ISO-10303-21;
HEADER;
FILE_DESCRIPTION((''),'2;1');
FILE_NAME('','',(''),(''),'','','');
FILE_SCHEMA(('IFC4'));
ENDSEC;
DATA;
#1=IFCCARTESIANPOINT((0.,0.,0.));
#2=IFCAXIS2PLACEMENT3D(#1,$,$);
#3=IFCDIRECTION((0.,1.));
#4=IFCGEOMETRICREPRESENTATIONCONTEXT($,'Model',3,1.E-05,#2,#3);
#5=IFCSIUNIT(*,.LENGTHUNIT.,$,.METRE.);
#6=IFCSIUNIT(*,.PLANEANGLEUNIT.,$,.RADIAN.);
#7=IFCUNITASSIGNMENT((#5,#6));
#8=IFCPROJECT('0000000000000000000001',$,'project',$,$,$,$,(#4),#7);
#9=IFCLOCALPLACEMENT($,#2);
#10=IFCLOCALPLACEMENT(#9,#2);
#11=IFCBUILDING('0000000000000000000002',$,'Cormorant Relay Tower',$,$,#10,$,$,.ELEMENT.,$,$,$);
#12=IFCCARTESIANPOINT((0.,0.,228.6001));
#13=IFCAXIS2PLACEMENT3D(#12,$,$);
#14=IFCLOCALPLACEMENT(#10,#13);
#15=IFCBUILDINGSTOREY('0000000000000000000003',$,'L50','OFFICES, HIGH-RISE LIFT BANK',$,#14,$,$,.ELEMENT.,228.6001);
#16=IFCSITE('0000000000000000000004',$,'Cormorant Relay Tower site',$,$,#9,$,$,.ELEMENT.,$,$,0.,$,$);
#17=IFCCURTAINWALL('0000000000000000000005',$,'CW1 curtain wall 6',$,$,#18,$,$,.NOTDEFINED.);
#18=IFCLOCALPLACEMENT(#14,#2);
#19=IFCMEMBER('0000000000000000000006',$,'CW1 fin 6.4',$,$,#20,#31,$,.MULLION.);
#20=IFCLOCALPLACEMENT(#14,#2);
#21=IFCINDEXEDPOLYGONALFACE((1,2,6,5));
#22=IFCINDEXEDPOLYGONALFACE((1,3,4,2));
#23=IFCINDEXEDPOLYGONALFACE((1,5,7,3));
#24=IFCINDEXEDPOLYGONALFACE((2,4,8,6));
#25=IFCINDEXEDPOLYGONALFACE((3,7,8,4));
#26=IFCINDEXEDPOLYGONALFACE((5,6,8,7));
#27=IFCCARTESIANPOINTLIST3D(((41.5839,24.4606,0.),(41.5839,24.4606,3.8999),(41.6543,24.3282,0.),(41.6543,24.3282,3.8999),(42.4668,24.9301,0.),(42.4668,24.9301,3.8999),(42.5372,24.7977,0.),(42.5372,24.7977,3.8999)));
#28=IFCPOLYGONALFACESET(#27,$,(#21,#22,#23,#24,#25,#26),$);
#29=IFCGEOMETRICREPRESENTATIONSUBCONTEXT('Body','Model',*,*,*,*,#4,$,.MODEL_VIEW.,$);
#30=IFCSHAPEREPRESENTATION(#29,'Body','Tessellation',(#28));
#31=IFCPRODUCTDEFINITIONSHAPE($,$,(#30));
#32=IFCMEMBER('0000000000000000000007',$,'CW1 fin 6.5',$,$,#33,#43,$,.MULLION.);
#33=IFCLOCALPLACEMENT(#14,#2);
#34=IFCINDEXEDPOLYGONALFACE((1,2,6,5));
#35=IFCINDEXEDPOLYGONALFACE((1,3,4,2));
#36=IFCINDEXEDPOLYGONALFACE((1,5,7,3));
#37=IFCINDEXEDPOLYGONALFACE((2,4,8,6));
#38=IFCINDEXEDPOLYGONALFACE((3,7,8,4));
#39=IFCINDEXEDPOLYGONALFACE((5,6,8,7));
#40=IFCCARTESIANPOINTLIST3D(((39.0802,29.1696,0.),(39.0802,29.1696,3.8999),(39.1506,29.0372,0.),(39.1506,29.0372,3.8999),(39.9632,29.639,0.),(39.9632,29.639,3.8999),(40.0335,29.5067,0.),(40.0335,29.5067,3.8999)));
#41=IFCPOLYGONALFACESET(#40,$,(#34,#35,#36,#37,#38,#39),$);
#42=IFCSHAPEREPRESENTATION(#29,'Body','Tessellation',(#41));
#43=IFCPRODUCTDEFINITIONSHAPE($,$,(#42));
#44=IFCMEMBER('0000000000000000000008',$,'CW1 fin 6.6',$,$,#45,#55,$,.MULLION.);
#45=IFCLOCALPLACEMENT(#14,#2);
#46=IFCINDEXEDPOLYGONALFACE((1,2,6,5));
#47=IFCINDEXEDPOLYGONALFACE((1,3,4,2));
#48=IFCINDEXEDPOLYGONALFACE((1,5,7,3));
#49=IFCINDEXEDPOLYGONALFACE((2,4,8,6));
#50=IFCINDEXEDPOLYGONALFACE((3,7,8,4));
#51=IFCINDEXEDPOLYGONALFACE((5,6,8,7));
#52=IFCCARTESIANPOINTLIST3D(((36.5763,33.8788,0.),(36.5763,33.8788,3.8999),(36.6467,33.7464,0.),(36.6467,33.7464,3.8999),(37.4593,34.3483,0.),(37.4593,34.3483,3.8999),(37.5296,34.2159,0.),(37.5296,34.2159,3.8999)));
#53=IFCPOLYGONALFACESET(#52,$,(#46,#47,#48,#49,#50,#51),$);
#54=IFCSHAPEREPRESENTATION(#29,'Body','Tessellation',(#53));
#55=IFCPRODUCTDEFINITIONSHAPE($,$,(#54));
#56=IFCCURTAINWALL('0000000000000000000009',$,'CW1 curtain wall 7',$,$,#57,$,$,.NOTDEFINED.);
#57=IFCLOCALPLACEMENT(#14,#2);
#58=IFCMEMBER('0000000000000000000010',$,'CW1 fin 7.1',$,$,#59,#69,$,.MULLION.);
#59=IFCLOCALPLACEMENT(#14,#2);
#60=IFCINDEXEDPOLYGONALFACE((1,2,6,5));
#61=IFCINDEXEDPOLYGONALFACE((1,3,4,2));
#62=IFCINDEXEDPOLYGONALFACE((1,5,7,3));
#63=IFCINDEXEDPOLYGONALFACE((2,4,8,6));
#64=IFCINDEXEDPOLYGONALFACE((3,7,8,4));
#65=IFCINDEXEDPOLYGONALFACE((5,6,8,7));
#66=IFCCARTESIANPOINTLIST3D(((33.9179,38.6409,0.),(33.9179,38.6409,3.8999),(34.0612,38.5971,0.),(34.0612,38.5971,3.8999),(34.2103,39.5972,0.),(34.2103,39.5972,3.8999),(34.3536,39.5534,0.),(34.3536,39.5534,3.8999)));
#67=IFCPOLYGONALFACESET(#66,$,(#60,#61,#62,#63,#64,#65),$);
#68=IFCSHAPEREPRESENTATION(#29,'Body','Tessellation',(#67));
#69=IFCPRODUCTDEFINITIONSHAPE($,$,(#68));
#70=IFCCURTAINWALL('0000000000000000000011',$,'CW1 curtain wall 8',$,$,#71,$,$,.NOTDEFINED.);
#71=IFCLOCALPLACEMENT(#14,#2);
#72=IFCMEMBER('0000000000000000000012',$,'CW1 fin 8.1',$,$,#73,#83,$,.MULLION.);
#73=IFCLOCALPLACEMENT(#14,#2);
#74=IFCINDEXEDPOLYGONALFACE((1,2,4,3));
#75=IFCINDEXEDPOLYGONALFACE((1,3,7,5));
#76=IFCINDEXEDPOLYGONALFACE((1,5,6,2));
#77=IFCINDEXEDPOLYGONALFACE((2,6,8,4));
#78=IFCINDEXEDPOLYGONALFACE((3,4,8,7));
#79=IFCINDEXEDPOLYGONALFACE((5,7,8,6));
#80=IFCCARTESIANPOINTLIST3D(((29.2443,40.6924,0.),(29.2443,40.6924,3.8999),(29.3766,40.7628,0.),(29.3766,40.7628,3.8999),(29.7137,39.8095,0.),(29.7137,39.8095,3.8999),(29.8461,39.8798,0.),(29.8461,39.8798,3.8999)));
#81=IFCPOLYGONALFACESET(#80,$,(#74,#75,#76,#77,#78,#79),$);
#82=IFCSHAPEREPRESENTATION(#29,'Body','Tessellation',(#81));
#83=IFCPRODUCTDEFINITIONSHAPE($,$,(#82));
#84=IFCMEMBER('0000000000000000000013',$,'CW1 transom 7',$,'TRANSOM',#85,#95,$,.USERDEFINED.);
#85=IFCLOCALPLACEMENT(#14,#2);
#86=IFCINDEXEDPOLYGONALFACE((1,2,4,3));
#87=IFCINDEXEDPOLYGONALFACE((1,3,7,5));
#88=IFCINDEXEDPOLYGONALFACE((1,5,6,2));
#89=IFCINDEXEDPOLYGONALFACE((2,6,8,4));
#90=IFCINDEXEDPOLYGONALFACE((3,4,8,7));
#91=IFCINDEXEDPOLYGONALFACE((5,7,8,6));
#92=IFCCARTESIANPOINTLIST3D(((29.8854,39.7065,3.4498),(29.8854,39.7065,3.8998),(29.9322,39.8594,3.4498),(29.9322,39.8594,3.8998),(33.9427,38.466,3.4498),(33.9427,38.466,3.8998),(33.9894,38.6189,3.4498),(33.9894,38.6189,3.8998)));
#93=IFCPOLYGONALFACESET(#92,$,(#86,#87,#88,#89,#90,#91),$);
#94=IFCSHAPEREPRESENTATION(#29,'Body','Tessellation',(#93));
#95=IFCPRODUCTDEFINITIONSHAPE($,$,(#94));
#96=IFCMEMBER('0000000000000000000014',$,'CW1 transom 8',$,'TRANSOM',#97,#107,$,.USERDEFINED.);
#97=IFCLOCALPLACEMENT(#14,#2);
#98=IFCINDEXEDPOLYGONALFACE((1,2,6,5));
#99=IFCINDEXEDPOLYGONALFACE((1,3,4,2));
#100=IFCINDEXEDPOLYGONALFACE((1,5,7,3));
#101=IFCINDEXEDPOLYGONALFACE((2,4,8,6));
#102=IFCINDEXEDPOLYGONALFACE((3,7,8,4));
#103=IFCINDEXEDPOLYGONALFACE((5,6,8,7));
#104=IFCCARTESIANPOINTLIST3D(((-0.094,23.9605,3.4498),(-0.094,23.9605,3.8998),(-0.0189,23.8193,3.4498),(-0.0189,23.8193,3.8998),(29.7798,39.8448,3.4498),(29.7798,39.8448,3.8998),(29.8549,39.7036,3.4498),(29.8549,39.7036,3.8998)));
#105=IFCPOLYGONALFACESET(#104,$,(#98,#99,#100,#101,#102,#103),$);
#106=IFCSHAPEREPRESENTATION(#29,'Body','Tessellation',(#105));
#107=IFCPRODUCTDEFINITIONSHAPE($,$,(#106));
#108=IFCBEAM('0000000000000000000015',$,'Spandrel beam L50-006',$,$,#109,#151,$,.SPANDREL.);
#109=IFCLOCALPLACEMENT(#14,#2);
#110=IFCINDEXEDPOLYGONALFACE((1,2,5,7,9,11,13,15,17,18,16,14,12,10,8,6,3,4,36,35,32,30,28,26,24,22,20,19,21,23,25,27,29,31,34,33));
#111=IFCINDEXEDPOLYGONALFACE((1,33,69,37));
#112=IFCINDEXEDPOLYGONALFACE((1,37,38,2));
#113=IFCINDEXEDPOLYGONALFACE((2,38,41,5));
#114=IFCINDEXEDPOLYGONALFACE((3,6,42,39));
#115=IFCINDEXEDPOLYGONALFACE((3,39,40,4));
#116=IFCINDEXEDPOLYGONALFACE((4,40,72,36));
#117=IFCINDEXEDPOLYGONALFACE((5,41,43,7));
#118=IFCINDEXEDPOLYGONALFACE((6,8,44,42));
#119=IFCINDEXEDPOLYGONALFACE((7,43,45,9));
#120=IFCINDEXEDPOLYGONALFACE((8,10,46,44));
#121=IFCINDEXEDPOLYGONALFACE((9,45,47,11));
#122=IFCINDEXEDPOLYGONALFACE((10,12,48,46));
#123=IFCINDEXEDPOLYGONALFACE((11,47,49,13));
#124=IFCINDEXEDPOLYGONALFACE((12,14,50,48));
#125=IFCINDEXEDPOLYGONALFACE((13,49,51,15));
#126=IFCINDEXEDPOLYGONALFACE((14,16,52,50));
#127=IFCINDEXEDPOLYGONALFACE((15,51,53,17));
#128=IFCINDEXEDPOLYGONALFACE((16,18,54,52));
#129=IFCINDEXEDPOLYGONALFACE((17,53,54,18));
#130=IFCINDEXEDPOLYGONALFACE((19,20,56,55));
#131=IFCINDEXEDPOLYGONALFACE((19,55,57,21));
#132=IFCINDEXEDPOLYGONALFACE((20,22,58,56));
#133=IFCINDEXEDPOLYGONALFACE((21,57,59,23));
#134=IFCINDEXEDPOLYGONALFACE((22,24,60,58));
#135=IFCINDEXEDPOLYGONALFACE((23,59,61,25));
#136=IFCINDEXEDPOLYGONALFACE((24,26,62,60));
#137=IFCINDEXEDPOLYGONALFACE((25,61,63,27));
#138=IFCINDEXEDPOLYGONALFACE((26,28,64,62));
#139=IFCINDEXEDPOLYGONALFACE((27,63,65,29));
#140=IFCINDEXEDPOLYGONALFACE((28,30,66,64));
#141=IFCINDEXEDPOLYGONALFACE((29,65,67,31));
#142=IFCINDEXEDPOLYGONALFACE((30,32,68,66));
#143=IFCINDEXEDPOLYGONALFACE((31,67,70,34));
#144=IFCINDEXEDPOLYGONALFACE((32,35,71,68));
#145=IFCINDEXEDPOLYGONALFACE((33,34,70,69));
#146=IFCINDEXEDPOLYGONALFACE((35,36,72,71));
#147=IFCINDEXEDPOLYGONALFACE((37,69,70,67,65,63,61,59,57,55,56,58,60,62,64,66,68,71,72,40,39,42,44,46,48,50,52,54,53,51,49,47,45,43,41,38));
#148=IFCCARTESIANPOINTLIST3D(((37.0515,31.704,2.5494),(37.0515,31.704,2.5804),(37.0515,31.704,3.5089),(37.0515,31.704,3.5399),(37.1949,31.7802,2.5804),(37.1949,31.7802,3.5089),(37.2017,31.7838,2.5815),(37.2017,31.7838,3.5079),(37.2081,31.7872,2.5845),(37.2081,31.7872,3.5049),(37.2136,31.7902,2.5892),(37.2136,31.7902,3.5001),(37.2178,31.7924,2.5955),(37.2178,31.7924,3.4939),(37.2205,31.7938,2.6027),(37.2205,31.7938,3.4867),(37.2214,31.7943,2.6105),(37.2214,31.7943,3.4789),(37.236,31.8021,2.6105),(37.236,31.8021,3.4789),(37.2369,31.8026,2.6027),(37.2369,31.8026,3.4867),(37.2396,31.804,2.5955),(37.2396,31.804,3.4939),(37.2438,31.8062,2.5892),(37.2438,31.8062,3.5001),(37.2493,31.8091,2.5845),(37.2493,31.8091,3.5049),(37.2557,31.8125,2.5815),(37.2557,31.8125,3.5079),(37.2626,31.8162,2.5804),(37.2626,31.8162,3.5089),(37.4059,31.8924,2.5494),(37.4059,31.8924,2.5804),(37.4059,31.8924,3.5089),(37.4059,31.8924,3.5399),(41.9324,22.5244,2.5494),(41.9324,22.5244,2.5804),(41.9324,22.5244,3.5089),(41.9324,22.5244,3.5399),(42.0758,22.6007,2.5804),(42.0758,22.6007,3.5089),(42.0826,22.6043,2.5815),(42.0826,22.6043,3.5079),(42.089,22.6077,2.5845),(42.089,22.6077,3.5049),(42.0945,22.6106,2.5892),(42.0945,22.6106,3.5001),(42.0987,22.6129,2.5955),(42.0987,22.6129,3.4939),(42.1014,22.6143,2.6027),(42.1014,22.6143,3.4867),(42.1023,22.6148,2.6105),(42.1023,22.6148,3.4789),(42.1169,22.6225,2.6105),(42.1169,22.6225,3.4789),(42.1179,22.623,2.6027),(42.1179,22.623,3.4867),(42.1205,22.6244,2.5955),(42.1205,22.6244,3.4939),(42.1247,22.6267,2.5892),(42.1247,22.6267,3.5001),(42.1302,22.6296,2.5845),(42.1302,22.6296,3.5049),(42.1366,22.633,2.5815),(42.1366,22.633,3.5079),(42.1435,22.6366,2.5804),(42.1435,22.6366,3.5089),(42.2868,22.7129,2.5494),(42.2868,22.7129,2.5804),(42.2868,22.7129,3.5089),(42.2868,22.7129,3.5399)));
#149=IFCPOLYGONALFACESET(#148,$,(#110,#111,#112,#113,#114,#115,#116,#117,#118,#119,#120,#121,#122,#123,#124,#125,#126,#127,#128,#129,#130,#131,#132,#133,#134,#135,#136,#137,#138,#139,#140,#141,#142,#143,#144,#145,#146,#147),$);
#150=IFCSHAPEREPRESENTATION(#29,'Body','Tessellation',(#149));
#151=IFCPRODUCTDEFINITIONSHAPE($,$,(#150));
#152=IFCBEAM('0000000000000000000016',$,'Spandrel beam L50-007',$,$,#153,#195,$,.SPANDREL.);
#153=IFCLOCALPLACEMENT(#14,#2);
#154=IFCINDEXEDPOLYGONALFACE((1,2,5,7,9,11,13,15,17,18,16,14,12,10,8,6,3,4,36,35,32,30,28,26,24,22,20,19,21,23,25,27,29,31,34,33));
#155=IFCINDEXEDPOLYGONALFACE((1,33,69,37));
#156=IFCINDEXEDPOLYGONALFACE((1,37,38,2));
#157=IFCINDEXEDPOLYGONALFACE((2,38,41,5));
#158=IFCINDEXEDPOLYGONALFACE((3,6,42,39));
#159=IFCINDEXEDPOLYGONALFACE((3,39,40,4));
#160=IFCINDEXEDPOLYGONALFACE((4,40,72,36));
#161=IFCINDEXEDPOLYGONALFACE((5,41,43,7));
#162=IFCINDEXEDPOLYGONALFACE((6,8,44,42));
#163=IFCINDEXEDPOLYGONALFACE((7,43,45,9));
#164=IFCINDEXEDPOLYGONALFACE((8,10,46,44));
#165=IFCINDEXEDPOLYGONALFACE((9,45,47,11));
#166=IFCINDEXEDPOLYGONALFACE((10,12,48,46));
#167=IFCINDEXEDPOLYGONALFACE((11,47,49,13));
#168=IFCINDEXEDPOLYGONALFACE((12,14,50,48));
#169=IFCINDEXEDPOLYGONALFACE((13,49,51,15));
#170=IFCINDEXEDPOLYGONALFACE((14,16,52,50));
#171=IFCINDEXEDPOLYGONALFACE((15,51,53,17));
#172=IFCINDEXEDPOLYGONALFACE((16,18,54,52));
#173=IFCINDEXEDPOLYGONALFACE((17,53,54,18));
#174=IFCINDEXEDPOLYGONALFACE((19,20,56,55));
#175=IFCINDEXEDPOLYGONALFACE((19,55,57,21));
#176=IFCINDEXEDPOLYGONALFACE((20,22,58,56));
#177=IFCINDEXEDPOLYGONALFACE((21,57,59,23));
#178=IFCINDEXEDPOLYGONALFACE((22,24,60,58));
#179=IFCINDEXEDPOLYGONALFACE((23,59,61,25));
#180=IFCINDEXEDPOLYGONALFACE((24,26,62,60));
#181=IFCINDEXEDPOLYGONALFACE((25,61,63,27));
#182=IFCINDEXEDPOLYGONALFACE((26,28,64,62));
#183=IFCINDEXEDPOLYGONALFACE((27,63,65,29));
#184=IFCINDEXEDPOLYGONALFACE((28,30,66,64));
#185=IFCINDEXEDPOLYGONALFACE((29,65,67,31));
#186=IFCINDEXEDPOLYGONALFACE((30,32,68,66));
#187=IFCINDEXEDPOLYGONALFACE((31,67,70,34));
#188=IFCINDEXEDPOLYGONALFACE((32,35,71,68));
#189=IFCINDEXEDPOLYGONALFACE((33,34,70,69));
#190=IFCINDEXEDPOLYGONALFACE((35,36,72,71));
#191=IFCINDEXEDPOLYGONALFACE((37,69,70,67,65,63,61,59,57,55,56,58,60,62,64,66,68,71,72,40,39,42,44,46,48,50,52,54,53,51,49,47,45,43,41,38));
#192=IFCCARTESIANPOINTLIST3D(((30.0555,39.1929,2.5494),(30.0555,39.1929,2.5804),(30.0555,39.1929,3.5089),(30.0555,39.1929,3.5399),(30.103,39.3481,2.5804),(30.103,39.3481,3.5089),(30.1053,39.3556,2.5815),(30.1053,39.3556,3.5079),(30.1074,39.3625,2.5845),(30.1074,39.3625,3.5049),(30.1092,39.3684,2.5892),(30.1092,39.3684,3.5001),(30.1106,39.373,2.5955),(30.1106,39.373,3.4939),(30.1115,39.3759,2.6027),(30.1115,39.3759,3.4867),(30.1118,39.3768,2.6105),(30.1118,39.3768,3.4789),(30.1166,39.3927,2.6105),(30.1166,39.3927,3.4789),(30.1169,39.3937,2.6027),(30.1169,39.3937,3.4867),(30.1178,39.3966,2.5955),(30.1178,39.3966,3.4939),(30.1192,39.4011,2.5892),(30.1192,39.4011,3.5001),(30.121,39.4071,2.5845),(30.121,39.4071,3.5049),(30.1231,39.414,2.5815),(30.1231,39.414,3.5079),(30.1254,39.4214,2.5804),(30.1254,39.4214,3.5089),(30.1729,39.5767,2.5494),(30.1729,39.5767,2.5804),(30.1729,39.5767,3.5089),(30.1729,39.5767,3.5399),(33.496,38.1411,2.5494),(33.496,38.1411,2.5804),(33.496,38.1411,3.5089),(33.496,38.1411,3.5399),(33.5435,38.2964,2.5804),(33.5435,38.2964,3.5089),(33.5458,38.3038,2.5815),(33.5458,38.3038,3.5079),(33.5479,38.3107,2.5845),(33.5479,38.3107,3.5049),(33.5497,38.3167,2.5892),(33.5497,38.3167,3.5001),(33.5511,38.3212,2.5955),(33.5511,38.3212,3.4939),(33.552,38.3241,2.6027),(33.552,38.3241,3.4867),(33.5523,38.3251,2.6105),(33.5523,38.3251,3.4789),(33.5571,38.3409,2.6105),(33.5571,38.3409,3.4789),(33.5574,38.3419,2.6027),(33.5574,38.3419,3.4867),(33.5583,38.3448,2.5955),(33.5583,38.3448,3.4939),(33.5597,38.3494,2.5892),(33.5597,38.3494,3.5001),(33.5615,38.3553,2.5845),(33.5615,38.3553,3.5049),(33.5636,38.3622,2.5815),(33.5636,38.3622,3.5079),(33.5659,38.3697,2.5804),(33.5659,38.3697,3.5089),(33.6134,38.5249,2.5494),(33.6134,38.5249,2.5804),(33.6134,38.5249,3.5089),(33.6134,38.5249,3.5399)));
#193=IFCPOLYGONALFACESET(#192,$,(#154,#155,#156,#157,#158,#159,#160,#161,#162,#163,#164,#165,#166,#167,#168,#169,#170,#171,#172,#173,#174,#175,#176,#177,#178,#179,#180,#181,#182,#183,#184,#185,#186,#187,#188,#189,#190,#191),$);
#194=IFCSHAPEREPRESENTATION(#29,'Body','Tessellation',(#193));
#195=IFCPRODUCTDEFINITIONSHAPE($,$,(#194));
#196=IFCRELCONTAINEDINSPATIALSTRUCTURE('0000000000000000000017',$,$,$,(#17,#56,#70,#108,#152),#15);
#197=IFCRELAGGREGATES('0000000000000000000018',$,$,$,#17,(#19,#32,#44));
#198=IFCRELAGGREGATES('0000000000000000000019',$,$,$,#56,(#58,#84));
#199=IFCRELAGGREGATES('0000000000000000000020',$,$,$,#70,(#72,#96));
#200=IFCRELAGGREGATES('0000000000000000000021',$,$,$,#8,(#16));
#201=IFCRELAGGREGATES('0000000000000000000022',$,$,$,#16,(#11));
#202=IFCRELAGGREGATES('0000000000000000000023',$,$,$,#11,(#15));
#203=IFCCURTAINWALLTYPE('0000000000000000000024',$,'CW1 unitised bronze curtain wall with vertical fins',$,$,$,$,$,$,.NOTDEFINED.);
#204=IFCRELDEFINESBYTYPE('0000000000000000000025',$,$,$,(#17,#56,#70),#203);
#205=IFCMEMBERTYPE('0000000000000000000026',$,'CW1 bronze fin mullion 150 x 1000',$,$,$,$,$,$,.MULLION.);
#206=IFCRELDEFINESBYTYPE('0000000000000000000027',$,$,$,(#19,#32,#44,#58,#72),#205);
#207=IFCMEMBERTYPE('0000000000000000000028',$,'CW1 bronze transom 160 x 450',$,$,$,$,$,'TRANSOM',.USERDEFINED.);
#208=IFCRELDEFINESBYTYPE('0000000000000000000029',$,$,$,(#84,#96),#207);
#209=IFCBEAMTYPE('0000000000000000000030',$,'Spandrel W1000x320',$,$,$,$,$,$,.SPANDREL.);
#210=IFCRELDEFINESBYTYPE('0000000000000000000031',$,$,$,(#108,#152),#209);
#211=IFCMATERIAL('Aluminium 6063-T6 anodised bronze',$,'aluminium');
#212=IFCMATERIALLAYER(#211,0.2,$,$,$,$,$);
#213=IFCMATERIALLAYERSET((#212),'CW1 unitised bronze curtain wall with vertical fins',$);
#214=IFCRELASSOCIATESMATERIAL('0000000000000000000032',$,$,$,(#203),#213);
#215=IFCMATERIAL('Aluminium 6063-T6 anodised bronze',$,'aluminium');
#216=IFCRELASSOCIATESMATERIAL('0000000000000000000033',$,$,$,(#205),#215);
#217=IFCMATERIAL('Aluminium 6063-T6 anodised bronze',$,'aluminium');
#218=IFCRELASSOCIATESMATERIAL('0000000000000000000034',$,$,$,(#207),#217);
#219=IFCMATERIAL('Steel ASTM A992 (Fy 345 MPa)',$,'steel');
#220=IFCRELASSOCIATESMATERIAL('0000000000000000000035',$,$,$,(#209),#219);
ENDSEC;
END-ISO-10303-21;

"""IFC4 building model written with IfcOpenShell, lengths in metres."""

from ifc_helpers import new_model, si_unit, direction, frame, origin, origin_2d, place, context, subcontext, project, spatial, rectangle, i_section, extrude, material, layer, layer_set, material_profile, profile_set, type_object, element, aggregate, save


model = new_model("IFC4")

# Units and contexts
model_context = context("Model", 3, precision=1e-05, world=origin(), true_north=direction((0.0, 1.0)))
body_context = subcontext(model_context, "Body", "Model", "MODEL_VIEW")
ifc_project = project(units=[si_unit("LENGTHUNIT", "METRE"), si_unit("PLANEANGLEUNIT", "RADIAN")], contexts=[model_context])

# Site, building, storey
site_placement = place(None, origin())
site = spatial("IfcSite", under=ifc_project, at=site_placement, Name="Cormorant Relay Tower site", CompositionType="ELEMENT", RefElevation=0.0)
building_placement = place(site_placement, origin())
building = spatial("IfcBuilding", under=site, at=building_placement, Name="Cormorant Relay Tower", CompositionType="ELEMENT")
storey_placement = place(building_placement, frame((0.0, 0.0, 228.6001)))
storey = spatial("IfcBuildingStorey", under=building, at=storey_placement, Name="L50", Description="OFFICES, HIGH-RISE LIFT BANK", CompositionType="ELEMENT", Elevation=228.6001)

# Curtain wall, members
ifc_material_1 = material(Name="Aluminium 6063-T6 anodised bronze", Category="aluminium")
ifc_layer_1 = layer(ifc_material_1, 0.2)
ifc_layer_set_1 = layer_set([ifc_layer_1], Name="CW1 unitised bronze curtain wall with vertical fins")
curtain_wall_type = type_object("IfcCurtainWallType", Name="CW1 unitised bronze curtain wall with vertical fins", PredefinedType="NOTDEFINED", material=ifc_layer_set_1)
curtain_wall_1_placement = place(storey_placement, origin())
curtain_wall_1 = element("IfcCurtainWall", 1, at=curtain_wall_1_placement, inside=storey, type_object=curtain_wall_type, Name="CW1 curtain wall 6", PredefinedType="NOTDEFINED")
ifc_material_2 = material(Name="Aluminium 6063-T6 anodised bronze", Category="aluminium")
ifc_material_profile_1 = material_profile(ifc_material_2, rectangle(XDim=0.1499, YDim=1.0, at=origin_2d()), Name="AL 150x1000")
ifc_profile_set_1 = profile_set([ifc_material_profile_1], Name="Aluminium 6063-T6 anodised bronze")
member_type_1 = type_object("IfcMemberType", Name="CW1 bronze fin mullion 150 x 1000", PredefinedType="MULLION", material=ifc_profile_set_1)
member_1_placement = place(storey_placement, frame((42.0605, 24.6292, 0.0), z_axis=(0.0, 0.0, 1.0), x_axis=(-0.469472, 0.882948, 0.0)))
member_1 = element("IfcMember", 2, at=member_1_placement, type_object=member_type_1, Name="CW1 fin 6.4", PredefinedType="MULLION", context=body_context, shape_type="SweptSolid", body=[
    extrude(rectangle(XDim=0.1499, YDim=1.0, at=origin_2d()), origin(), (0.0, 0.0, 1.0), 3.8999),
])
member_2_placement = place(storey_placement, frame((39.5569, 29.3381, 0.0), z_axis=(0.0, 0.0, 1.0), x_axis=(-0.469472, 0.882948, 0.0)))
member_2 = element("IfcMember", 3, at=member_2_placement, type_object=member_type_1, Name="CW1 fin 6.5", PredefinedType="MULLION", context=body_context, shape_type="SweptSolid", body=[
    extrude(rectangle(XDim=0.1499, YDim=1.0, at=origin_2d()), origin(), (0.0, 0.0, 1.0), 3.8999),
])
member_3_placement = place(storey_placement, frame((37.053, 34.0474, 0.0), z_axis=(0.0, 0.0, 1.0), x_axis=(-0.469472, 0.882948, 0.0)))
member_3 = element("IfcMember", 4, at=member_3_placement, type_object=member_type_1, Name="CW1 fin 6.6", PredefinedType="MULLION", context=body_context, shape_type="SweptSolid", body=[
    extrude(rectangle(XDim=0.1499, YDim=1.0, at=origin_2d()), origin(), (0.0, 0.0, 1.0), 3.8999),
])

# Curtain walls, members
curtain_wall_2_placement = place(storey_placement, origin())
curtain_wall_2 = element("IfcCurtainWall", 5, at=curtain_wall_2_placement, inside=storey, type_object=curtain_wall_type, Name="CW1 curtain wall 7", PredefinedType="NOTDEFINED")
member_4_placement = place(storey_placement, frame((34.1357, 39.0972, 0.0), z_axis=(0.0, 0.0, 1.0), x_axis=(-0.956305, 0.292372, 0.0)))
member_4 = element("IfcMember", 6, at=member_4_placement, type_object=member_type_1, Name="CW1 fin 7.1", PredefinedType="MULLION", context=body_context, shape_type="SweptSolid", body=[
    extrude(rectangle(XDim=0.1499, YDim=1.0, at=origin_2d()), origin(), (0.0, 0.0, 1.0), 3.8999),
])
curtain_wall_3_placement = place(storey_placement, origin())
curtain_wall_3 = element("IfcCurtainWall", 7, at=curtain_wall_3_placement, inside=storey, type_object=curtain_wall_type, Name="CW1 curtain wall 8", PredefinedType="NOTDEFINED")
member_5_placement = place(storey_placement, frame((29.5452, 40.2861, 0.0), z_axis=(0.0, 0.0, 1.0), x_axis=(-0.882948, -0.469472, 0.0)))
member_5 = element("IfcMember", 8, at=member_5_placement, type_object=member_type_1, Name="CW1 fin 8.1", PredefinedType="MULLION", context=body_context, shape_type="SweptSolid", body=[
    extrude(rectangle(XDim=0.1499, YDim=1.0, at=origin_2d()), origin(), (0.0, 0.0, 1.0), 3.8999),
])

# Members
ifc_material_3 = material(Name="Aluminium 6063-T6 anodised bronze", Category="aluminium")
ifc_material_profile_2 = material_profile(ifc_material_3, rectangle(XDim=0.1599, YDim=0.45, at=origin_2d()), Name="AL 160x450")
ifc_profile_set_2 = profile_set([ifc_material_profile_2], Name="Aluminium 6063-T6 anodised bronze")
member_type_2 = type_object("IfcMemberType", Name="CW1 bronze transom 160 x 450", ElementType="TRANSOM", PredefinedType="USERDEFINED", material=ifc_profile_set_2)
member_6_placement = place(storey_placement, frame((33.9661, 38.5425, 3.6748), z_axis=(-0.956304, 0.292375, 0.0), x_axis=(-0.292375, -0.956304, 0.0)))
member_6 = element("IfcMember", 9, at=member_6_placement, type_object=member_type_2, Name="CW1 transom 7", ObjectType="TRANSOM", PredefinedType="USERDEFINED", context=body_context, shape_type="SweptSolid", body=[
    extrude(rectangle(XDim=0.1599, YDim=0.45, at=origin_2d()), origin(), (0.0, 0.0, 1.0), 4.2427),
])
member_7_placement = place(storey_placement, frame((29.8174, 39.7742, 3.6748), z_axis=(-0.882946, -0.469474, 0.0), x_axis=(0.469474, -0.882946, 0.0)))
member_7 = element("IfcMember", 10, at=member_7_placement, type_object=member_type_2, Name="CW1 transom 8", ObjectType="TRANSOM", PredefinedType="USERDEFINED", context=body_context, shape_type="SweptSolid", body=[
    extrude(rectangle(XDim=0.1599, YDim=0.45, at=origin_2d()), origin(), (0.0, 0.0, 1.0), 33.8342),
])

# Beams
ifc_material_4 = material(Name="Steel ASTM A992 (Fy 345 MPa)", Category="steel")
ifc_material_profile_3 = material_profile(ifc_material_4, i_section(OverallWidth=0.4014, OverallDepth=0.9905, WebThickness=0.0166, FlangeThickness=0.031, FilletRadius=0.03, at=origin_2d()), Name="W1000x320")
ifc_profile_set_3 = profile_set([ifc_material_profile_3], Name="Steel ASTM A992 (Fy 345 MPa)")
beam_type = type_object("IfcBeamType", Name="Spandrel W1000x320", PredefinedType="SPANDREL", material=ifc_profile_set_3)
beam_1_placement = place(storey_placement, frame((42.1096, 22.6187, 3.0447), z_axis=(-0.469476, 0.882945, 0.0), x_axis=(-0.882945, -0.469476, 0.0)))
element("IfcBeam", 11, at=beam_1_placement, inside=storey, type_object=beam_type, Name="Spandrel beam L50-006", PredefinedType="SPANDREL", context=body_context, shape_type="SweptSolid", body=[
    extrude(i_section(OverallWidth=0.4014, OverallDepth=0.9905, WebThickness=0.0166, FlangeThickness=0.031, FilletRadius=0.03, at=origin_2d()), origin(), (0.0, 0.0, 1.0), 10.3965),
])
beam_2_placement = place(storey_placement, frame((33.5547, 38.333, 3.0447), z_axis=(-0.956312, 0.29235, 0.0), x_axis=(-0.29235, -0.956312, 0.0)))
element("IfcBeam", 12, at=beam_2_placement, inside=storey, type_object=beam_type, Name="Spandrel beam L50-007", PredefinedType="SPANDREL", context=body_context, shape_type="SweptSolid", body=[
    extrude(i_section(OverallWidth=0.4014, OverallDepth=0.9905, WebThickness=0.0166, FlangeThickness=0.031, FilletRadius=0.03, at=origin_2d()), origin(), (0.0, 0.0, 1.0), 3.5977),
])

aggregate(curtain_wall_1, [member_1, member_2, member_3])
aggregate(curtain_wall_2, [member_4, member_6])
aggregate(curtain_wall_3, [member_5, member_7])

save(model, "model.ifc")
